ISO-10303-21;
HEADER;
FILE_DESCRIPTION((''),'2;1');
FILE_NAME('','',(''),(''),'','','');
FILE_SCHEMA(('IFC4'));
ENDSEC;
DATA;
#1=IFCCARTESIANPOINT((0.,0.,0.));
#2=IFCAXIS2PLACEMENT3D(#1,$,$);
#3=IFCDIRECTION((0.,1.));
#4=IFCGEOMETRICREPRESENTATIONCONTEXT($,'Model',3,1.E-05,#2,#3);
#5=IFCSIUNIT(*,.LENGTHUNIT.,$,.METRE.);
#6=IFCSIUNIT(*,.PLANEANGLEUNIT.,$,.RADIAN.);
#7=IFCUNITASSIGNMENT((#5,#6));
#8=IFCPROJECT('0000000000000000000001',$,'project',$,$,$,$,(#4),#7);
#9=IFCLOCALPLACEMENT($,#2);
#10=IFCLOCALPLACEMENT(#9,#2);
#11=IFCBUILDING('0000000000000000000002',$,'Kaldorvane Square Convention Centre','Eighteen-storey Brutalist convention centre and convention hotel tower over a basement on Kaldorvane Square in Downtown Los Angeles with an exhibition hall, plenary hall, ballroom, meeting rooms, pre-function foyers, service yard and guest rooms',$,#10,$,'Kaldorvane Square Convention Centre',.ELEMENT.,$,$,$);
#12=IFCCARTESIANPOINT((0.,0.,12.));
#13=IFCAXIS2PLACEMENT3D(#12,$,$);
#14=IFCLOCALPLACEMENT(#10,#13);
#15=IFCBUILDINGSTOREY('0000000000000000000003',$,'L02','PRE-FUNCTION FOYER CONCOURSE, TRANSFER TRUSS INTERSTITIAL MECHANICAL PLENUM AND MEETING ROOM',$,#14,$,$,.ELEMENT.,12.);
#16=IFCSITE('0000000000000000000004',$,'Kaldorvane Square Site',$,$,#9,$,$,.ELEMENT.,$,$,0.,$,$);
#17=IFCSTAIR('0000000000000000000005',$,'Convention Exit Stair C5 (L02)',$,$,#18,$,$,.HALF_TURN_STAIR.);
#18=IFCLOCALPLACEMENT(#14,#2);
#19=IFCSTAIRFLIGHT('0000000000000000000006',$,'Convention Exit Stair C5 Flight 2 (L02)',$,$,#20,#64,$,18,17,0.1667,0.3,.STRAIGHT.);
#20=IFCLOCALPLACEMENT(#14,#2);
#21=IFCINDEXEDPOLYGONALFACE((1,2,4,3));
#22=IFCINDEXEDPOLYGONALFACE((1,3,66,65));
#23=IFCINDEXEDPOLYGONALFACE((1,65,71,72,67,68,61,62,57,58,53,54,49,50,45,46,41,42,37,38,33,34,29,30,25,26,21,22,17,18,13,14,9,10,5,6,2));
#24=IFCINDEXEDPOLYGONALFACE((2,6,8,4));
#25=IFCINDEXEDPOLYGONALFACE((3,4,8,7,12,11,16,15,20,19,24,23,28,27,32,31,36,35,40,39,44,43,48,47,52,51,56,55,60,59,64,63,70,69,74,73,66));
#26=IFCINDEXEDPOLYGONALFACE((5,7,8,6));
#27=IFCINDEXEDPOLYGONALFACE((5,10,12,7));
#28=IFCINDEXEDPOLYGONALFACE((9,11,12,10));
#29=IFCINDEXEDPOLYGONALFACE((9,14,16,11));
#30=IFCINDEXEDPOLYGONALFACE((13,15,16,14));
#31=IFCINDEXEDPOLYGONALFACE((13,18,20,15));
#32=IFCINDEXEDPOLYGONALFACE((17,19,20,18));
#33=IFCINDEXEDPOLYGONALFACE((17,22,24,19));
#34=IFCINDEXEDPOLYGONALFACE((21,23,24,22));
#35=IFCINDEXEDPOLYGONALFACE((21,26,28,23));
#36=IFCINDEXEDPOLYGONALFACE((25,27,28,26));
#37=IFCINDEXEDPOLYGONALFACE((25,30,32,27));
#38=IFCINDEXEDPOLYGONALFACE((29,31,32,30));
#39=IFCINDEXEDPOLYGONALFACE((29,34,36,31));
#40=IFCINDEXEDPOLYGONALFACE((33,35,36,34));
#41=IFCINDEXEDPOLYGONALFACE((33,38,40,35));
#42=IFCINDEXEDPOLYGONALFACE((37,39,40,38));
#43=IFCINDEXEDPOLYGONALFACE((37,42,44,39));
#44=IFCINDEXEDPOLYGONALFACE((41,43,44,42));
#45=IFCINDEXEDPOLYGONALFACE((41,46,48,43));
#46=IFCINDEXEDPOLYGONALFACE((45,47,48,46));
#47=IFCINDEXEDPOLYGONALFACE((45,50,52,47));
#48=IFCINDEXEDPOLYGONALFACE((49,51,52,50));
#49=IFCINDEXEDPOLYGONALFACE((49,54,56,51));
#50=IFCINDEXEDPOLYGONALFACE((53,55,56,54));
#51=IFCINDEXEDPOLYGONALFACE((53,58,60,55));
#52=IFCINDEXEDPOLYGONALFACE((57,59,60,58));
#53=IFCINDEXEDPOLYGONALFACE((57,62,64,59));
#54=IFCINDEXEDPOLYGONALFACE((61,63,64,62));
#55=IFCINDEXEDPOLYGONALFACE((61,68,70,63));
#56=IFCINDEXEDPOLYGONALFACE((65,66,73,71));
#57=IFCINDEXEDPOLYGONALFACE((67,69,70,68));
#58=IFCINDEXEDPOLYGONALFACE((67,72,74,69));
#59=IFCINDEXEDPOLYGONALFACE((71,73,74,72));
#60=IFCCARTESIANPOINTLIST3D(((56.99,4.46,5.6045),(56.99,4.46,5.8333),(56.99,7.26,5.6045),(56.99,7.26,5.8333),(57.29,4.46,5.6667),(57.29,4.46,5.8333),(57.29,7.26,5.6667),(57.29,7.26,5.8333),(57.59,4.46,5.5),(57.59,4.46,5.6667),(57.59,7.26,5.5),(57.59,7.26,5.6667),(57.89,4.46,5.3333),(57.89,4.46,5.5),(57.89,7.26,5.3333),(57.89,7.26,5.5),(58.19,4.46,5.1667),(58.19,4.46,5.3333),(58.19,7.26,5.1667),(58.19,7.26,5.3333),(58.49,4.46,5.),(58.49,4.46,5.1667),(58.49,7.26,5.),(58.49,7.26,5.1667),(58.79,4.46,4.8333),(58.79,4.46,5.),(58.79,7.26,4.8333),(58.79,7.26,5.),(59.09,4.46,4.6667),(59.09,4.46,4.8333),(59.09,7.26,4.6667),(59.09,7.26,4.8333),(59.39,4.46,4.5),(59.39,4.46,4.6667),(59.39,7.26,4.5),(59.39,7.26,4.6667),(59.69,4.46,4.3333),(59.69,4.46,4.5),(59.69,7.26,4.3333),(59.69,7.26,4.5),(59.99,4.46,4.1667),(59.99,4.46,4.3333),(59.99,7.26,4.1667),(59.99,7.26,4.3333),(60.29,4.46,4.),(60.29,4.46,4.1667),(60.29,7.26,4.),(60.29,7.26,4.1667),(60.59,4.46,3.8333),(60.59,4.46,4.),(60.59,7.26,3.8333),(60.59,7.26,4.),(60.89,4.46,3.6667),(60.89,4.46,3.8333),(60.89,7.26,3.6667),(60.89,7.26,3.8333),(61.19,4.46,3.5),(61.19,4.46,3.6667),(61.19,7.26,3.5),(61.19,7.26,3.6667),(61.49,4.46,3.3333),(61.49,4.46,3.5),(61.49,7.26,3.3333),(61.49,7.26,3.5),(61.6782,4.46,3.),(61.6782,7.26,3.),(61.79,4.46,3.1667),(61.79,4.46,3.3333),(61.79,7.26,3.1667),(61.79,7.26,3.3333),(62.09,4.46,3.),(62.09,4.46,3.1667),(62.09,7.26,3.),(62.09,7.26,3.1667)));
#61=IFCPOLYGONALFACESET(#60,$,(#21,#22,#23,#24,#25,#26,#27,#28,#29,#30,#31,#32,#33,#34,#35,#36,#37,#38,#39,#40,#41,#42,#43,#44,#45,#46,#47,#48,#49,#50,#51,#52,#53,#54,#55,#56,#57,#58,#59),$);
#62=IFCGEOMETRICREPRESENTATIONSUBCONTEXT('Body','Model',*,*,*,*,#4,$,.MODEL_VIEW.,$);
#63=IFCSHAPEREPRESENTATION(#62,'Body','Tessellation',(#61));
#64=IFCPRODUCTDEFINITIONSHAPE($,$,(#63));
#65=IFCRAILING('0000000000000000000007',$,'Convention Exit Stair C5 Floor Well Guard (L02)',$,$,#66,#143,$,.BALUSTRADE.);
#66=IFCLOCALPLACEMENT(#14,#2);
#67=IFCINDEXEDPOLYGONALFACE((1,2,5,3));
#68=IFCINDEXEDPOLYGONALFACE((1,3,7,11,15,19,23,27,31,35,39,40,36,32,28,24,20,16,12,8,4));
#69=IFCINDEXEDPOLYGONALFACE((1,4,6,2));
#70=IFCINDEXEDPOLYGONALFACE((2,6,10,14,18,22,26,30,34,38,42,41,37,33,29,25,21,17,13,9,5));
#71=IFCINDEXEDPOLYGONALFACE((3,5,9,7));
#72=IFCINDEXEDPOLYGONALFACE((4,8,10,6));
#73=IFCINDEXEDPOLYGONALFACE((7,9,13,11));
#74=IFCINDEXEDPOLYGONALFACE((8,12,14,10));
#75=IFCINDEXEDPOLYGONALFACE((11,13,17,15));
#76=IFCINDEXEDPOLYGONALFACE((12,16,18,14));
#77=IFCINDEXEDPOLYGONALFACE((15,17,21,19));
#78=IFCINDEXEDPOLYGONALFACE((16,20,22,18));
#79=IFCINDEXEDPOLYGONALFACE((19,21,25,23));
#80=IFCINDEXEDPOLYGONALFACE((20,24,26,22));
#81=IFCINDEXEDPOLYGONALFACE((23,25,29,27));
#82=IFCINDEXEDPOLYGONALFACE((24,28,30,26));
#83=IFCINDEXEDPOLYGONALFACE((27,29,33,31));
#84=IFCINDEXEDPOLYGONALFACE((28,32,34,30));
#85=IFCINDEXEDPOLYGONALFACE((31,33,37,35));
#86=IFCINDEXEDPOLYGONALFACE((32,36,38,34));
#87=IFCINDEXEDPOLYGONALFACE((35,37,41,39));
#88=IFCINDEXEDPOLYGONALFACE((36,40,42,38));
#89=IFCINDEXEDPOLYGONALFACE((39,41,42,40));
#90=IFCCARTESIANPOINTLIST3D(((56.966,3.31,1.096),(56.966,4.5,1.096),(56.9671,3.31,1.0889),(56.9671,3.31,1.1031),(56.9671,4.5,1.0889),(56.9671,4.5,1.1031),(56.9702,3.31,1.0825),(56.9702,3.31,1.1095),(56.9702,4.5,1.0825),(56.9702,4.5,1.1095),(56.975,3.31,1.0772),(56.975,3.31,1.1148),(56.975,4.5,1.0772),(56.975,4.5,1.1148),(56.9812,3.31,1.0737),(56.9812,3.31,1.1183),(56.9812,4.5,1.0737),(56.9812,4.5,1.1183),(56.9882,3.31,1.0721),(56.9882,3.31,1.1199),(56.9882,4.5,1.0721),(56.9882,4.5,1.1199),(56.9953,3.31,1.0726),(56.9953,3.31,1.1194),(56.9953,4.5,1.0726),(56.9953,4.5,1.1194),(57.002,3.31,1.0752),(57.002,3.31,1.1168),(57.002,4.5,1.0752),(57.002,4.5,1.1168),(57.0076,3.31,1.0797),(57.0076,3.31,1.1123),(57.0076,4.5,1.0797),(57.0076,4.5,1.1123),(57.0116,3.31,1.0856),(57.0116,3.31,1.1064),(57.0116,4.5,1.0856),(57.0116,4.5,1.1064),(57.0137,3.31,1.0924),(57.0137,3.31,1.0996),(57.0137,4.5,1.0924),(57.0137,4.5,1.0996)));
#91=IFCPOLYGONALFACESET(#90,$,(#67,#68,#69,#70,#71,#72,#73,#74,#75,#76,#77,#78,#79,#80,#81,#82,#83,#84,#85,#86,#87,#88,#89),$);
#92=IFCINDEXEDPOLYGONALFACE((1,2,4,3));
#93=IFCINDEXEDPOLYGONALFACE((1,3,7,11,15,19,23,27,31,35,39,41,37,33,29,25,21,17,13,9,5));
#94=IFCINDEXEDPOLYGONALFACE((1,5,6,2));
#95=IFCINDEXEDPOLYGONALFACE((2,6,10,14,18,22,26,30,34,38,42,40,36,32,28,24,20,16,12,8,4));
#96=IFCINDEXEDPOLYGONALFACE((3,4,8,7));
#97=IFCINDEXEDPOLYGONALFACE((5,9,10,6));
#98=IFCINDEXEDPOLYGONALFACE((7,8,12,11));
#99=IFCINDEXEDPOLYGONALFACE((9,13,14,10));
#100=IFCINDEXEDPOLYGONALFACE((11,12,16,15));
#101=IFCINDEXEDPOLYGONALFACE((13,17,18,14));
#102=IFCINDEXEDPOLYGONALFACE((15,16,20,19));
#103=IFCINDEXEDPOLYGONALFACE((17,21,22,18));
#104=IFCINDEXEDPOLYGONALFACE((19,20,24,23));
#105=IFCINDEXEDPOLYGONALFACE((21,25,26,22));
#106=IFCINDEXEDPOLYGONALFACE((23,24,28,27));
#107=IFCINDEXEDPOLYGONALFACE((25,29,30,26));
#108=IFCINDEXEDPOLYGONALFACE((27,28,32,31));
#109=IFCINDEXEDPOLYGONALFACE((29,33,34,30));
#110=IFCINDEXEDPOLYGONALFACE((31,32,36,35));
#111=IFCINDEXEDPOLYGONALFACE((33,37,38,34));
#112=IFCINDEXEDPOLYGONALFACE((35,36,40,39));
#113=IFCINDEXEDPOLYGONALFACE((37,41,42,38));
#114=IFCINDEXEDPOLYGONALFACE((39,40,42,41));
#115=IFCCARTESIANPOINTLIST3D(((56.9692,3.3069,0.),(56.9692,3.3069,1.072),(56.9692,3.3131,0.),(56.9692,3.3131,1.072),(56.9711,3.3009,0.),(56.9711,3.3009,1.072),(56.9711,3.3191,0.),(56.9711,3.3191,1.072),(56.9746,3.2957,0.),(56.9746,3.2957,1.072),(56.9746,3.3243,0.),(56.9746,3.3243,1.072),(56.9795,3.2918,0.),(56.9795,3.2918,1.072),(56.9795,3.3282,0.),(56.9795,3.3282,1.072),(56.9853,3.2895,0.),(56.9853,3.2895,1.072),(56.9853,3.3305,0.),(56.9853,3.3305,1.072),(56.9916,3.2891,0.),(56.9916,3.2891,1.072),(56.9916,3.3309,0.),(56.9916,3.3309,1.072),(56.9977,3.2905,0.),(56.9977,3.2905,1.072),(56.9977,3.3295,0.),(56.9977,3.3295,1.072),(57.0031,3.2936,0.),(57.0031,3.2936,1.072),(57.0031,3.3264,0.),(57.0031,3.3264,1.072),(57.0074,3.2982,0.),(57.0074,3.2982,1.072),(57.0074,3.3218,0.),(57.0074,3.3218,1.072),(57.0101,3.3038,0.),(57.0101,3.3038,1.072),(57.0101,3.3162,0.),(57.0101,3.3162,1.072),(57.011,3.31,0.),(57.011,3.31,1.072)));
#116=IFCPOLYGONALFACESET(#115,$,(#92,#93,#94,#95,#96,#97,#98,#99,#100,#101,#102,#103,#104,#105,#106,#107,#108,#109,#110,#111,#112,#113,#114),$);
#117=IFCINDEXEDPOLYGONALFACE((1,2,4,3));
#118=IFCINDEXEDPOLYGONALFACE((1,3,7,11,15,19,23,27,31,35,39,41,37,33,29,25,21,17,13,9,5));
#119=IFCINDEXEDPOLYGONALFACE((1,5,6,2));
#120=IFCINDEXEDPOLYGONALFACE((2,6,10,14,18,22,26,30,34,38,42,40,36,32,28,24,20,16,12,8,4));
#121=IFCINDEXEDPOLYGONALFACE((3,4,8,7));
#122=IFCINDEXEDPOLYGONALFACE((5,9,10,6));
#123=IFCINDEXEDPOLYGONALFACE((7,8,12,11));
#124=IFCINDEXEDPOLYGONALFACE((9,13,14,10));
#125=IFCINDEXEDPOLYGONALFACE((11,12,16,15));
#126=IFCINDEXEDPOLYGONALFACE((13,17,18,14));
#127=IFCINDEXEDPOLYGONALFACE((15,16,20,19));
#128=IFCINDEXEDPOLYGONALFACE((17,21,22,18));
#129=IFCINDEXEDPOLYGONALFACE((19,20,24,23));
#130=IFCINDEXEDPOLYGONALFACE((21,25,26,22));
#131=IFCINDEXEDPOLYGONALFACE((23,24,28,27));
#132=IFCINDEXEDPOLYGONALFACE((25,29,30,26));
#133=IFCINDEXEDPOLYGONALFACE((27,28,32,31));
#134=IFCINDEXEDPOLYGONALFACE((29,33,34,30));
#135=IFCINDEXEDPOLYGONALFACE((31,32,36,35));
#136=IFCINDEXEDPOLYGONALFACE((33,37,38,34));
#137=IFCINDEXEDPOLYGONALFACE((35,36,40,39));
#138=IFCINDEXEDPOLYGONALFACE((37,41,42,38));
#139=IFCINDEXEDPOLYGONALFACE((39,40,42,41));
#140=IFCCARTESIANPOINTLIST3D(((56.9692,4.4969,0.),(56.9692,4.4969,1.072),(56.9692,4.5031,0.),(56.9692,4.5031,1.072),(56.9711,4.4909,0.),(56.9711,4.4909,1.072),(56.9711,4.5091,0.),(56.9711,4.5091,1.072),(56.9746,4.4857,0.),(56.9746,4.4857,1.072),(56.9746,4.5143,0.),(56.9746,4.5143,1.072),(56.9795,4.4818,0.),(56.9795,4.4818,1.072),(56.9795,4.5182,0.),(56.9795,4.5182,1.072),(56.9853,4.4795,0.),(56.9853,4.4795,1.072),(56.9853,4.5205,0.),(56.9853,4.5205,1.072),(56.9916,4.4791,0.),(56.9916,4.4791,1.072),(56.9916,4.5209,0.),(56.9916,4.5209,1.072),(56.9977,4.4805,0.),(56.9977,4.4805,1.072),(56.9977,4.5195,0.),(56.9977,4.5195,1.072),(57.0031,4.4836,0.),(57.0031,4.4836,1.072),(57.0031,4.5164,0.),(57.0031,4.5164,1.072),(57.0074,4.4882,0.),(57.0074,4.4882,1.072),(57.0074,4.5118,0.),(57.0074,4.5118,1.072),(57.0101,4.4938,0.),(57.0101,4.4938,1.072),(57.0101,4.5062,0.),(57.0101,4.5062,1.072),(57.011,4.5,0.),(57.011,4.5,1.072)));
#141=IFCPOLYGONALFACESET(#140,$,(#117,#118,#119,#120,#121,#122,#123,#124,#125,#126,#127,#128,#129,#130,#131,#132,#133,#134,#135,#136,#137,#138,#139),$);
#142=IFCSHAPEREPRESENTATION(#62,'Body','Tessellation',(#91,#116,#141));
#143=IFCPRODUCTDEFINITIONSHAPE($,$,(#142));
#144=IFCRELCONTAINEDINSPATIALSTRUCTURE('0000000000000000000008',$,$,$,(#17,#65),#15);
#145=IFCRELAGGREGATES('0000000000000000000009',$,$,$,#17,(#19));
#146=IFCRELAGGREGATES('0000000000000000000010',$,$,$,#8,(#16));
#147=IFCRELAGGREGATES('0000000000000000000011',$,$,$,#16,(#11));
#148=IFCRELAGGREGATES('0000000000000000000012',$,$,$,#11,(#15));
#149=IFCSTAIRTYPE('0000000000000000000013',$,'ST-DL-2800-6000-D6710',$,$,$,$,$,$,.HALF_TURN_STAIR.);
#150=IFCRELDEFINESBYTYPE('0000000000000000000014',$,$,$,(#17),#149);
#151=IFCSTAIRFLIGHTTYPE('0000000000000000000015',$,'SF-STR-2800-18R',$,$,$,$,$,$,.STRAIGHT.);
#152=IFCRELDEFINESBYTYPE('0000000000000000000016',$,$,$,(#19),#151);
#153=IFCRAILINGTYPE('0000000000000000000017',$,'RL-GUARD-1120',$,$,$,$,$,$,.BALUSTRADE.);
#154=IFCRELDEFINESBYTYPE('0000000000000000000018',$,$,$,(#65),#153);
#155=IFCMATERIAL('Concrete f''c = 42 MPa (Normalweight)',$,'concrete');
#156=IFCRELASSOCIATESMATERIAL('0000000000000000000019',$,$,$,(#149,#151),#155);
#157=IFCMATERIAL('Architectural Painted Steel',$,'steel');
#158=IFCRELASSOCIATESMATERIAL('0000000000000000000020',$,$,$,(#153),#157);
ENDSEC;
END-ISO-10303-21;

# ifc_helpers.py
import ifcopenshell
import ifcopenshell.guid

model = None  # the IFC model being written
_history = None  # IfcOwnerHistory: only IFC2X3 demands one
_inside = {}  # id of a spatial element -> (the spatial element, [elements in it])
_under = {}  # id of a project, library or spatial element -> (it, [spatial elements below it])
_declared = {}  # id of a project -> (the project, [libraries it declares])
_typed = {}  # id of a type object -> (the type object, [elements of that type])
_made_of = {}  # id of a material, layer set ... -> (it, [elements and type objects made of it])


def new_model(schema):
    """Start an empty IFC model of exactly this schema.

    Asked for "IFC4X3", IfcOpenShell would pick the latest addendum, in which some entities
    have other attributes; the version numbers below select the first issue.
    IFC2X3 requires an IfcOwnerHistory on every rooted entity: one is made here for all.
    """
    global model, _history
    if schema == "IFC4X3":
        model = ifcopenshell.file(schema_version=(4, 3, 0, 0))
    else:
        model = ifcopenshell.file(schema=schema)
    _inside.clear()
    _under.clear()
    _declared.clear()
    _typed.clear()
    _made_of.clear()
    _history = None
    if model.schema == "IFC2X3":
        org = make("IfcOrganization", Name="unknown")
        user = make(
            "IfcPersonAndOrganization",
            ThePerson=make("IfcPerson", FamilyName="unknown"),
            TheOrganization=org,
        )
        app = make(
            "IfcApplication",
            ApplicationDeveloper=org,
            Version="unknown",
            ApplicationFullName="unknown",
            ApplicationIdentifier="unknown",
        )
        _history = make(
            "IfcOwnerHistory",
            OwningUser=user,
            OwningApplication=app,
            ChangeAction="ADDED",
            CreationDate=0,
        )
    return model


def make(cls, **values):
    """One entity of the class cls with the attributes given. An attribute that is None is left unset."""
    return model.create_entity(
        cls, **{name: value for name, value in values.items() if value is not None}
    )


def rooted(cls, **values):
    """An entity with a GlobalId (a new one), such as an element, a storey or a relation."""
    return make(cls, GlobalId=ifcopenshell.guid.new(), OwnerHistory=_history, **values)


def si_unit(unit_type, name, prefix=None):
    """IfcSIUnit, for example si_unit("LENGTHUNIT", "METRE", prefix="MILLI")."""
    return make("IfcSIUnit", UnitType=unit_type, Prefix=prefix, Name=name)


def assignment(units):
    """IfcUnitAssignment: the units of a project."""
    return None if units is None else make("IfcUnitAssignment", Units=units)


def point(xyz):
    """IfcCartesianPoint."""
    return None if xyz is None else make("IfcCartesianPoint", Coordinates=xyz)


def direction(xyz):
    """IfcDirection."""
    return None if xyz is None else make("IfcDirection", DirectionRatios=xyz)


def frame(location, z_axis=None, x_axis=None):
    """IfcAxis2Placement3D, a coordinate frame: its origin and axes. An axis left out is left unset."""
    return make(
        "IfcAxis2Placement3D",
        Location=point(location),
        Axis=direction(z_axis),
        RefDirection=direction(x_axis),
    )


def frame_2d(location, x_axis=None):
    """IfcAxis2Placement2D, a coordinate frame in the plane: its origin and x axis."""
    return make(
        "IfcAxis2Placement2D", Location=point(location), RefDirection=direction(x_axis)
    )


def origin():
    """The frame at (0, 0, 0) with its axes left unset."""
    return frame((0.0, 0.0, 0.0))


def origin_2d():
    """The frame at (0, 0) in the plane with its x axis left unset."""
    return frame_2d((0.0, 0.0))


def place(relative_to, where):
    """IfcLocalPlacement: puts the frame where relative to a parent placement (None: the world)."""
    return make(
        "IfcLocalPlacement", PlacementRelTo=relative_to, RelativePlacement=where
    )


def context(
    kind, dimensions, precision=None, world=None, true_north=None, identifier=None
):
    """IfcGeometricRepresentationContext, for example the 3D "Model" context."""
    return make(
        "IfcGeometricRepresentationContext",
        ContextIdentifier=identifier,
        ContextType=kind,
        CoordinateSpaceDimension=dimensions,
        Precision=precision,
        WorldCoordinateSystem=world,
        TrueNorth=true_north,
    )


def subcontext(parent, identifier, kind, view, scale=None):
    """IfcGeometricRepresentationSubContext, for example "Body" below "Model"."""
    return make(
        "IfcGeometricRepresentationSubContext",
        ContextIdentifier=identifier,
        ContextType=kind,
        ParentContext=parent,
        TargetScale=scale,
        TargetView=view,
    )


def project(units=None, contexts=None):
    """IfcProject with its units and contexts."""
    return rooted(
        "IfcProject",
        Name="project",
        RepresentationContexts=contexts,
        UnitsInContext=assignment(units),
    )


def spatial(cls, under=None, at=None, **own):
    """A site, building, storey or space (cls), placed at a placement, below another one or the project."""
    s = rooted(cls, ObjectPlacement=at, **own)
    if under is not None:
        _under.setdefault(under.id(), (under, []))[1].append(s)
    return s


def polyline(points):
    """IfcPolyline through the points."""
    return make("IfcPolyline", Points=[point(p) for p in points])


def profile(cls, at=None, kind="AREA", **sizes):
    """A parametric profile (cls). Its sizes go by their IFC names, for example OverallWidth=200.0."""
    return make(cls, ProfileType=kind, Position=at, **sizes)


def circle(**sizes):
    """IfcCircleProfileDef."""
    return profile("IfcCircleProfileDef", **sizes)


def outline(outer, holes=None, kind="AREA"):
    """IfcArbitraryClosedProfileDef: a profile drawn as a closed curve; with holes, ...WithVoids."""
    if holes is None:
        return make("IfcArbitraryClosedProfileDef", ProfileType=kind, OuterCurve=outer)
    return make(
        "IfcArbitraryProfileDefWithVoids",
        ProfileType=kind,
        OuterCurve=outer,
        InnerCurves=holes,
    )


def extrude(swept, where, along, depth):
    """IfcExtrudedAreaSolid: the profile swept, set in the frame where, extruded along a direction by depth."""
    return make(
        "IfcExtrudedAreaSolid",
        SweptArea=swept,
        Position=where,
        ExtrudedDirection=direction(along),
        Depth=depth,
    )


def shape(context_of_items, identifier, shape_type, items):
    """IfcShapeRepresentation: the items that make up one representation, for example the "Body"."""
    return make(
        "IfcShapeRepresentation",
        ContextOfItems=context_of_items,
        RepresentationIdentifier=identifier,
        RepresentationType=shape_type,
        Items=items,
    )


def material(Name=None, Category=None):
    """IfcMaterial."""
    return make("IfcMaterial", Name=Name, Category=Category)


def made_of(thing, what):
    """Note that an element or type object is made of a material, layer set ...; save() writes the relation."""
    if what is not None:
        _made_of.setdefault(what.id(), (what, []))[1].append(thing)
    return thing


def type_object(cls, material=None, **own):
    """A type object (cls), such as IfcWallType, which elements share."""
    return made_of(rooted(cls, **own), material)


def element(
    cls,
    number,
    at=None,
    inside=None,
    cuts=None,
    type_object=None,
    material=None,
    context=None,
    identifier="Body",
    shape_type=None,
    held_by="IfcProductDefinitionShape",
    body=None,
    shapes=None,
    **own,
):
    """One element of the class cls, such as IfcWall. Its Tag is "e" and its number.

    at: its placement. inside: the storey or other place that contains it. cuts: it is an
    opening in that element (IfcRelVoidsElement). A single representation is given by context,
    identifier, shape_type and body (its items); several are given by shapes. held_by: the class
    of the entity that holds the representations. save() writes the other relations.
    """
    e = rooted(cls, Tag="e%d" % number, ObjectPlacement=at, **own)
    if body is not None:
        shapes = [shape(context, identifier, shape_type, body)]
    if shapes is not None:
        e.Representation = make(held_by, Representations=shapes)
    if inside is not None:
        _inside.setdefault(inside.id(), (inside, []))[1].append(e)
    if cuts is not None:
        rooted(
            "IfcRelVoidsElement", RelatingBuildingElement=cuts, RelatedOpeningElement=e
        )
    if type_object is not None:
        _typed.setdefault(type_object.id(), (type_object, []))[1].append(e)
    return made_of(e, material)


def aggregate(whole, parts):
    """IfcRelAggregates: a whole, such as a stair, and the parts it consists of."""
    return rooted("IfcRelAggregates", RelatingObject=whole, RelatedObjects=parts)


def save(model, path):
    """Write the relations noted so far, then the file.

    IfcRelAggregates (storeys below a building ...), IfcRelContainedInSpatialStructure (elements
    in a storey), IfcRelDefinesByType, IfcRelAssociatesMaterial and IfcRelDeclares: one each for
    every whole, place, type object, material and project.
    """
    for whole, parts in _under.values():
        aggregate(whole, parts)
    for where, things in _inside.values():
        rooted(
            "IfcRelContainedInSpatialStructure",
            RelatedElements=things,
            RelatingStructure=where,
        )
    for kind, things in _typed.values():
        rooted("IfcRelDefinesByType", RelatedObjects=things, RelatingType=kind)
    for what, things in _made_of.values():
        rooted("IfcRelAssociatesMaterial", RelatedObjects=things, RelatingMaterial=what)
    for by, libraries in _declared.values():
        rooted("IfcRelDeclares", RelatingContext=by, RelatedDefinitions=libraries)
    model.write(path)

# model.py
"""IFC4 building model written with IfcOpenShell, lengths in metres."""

from ifc_helpers import new_model, si_unit, direction, frame, origin, origin_2d, place, context, subcontext, project, spatial, polyline, circle, outline, extrude, material, type_object, element, aggregate, save


model = new_model("IFC4")

# Units and contexts
model_context = context("Model", 3, precision=1e-05, world=origin(), true_north=direction((0.0, 1.0)))
body_context = subcontext(model_context, "Body", "Model", "MODEL_VIEW")
ifc_project = project(units=[si_unit("LENGTHUNIT", "METRE"), si_unit("PLANEANGLEUNIT", "RADIAN")], contexts=[model_context])

# Site, building, storey
site_placement = place(None, origin())
site = spatial("IfcSite", under=ifc_project, at=site_placement, Name="Kaldorvane Square Site", CompositionType="ELEMENT", RefElevation=0.0)
building_placement = place(site_placement, origin())
building = spatial("IfcBuilding", under=site, at=building_placement, Name="Kaldorvane Square Convention Centre", Description="Eighteen-storey Brutalist convention centre and convention hotel tower over a basement on Kaldorvane Square in Downtown Los Angeles with an exhibition hall, plenary hall, ballroom, meeting rooms, pre-function foyers, service yard and guest rooms", LongName="Kaldorvane Square Convention Centre", CompositionType="ELEMENT")
storey_placement = place(building_placement, frame((0.0, 0.0, 12.0)))
storey = spatial("IfcBuildingStorey", under=building, at=storey_placement, Name="L02", Description="PRE-FUNCTION FOYER CONCOURSE, TRANSFER TRUSS INTERSTITIAL MECHANICAL PLENUM AND MEETING ROOM", CompositionType="ELEMENT", Elevation=12.0)

# Shared definitions
ifc_material_1 = material(Name="Concrete f'c = 42 MPa (Normalweight)", Category="concrete")

# Stair, stair flight
stair_type = type_object("IfcStairType", Name="ST-DL-2800-6000-D6710", PredefinedType="HALF_TURN_STAIR", material=ifc_material_1)
stair_placement = place(storey_placement, origin())
stair = element("IfcStair", 1, at=stair_placement, inside=storey, type_object=stair_type, Name="Convention Exit Stair C5 (L02)", PredefinedType="HALF_TURN_STAIR")
stair_flight_type = type_object("IfcStairFlightType", Name="SF-STR-2800-18R", PredefinedType="STRAIGHT", material=ifc_material_1)
stair_flight_1_placement = place(storey_placement, frame((62.09, 5.86, 3.0), z_axis=(0.0, 0.0, 1.0), x_axis=(-1.0, 0.0, 0.0)))
stair_flight_1 = element("IfcStairFlight", 2, at=stair_flight_1_placement, type_object=stair_flight_type, Name="Convention Exit Stair C5 Flight 2 (L02)", NumberOfRisers=18, NumberOfTreads=17, PredefinedType="STRAIGHT", RiserHeight=0.1667, TreadLength=0.3, context=body_context, shape_type="SweptSolid", body=[
    extrude(outline(polyline([(0.0, 0.0), (0.0, 0.1667), (0.3, 0.1667), (0.3, 0.3333), (0.6, 0.3333), (0.6, 0.5), (0.9, 0.5), (0.9, 0.6667), (1.2, 0.6667), (1.2, 0.8333), (1.5, 0.8333), (1.5, 1.0), (1.8, 1.0), (1.8, 1.1667), (2.1, 1.1667), (2.1, 1.3333), (2.4, 1.3333), (2.4, 1.5), (2.7, 1.5), (2.7, 1.6667), (3.0, 1.6667), (3.0, 1.8333), (3.3, 1.8333), (3.3, 2.0), (3.6, 2.0), (3.6, 2.1667), (3.9, 2.1667), (3.9, 2.3333), (4.2, 2.3333), (4.2, 2.5), (4.5, 2.5), (4.5, 2.6667), (4.8, 2.6667), (4.8, 2.8333), (5.1, 2.8333), (5.1, 3.0), (5.1, 2.6045), (0.4118, 0.0), (0.0, 0.0)])), frame((0.0, 1.4, 0.0), z_axis=(0.0, -1.0, 0.0), x_axis=(1.0, 0.0, 0.0)), (0.0, 0.0, 1.0), 2.8),
])
aggregate(stair, [stair_flight_1])

# Railing
ifc_material_2 = material(Name="Architectural Painted Steel", Category="steel")
railing_type_1 = type_object("IfcRailingType", Name="RL-GUARD-1120", PredefinedType="BALUSTRADE", material=ifc_material_2)
for number, where, name in (
    (3, (56.99, 3.31, 0.0), "Convention Exit Stair C5 Floor Well Guard (L02)"),
):
    element("IfcRailing", number, at=place(storey_placement, frame(where)), inside=storey, type_object=railing_type_1, Name=name, PredefinedType="BALUSTRADE", context=body_context, shape_type="SweptSolid", body=[
        extrude(circle(Radius=0.024, at=origin_2d()), frame((0.0, 0.0, 1.096), z_axis=(0.0, 1.0, 0.0), x_axis=(-1.0, 0.0, 0.0)), (0.0, 0.0, 1.0), 1.19),
        extrude(circle(Radius=0.021, at=origin_2d()), origin(), (0.0, 0.0, 1.0), 1.072),
        extrude(circle(Radius=0.021, at=origin_2d()), frame((0.0, 1.19, 0.0)), (0.0, 0.0, 1.0), 1.072),
    ])

save(model, "model.ifc")
